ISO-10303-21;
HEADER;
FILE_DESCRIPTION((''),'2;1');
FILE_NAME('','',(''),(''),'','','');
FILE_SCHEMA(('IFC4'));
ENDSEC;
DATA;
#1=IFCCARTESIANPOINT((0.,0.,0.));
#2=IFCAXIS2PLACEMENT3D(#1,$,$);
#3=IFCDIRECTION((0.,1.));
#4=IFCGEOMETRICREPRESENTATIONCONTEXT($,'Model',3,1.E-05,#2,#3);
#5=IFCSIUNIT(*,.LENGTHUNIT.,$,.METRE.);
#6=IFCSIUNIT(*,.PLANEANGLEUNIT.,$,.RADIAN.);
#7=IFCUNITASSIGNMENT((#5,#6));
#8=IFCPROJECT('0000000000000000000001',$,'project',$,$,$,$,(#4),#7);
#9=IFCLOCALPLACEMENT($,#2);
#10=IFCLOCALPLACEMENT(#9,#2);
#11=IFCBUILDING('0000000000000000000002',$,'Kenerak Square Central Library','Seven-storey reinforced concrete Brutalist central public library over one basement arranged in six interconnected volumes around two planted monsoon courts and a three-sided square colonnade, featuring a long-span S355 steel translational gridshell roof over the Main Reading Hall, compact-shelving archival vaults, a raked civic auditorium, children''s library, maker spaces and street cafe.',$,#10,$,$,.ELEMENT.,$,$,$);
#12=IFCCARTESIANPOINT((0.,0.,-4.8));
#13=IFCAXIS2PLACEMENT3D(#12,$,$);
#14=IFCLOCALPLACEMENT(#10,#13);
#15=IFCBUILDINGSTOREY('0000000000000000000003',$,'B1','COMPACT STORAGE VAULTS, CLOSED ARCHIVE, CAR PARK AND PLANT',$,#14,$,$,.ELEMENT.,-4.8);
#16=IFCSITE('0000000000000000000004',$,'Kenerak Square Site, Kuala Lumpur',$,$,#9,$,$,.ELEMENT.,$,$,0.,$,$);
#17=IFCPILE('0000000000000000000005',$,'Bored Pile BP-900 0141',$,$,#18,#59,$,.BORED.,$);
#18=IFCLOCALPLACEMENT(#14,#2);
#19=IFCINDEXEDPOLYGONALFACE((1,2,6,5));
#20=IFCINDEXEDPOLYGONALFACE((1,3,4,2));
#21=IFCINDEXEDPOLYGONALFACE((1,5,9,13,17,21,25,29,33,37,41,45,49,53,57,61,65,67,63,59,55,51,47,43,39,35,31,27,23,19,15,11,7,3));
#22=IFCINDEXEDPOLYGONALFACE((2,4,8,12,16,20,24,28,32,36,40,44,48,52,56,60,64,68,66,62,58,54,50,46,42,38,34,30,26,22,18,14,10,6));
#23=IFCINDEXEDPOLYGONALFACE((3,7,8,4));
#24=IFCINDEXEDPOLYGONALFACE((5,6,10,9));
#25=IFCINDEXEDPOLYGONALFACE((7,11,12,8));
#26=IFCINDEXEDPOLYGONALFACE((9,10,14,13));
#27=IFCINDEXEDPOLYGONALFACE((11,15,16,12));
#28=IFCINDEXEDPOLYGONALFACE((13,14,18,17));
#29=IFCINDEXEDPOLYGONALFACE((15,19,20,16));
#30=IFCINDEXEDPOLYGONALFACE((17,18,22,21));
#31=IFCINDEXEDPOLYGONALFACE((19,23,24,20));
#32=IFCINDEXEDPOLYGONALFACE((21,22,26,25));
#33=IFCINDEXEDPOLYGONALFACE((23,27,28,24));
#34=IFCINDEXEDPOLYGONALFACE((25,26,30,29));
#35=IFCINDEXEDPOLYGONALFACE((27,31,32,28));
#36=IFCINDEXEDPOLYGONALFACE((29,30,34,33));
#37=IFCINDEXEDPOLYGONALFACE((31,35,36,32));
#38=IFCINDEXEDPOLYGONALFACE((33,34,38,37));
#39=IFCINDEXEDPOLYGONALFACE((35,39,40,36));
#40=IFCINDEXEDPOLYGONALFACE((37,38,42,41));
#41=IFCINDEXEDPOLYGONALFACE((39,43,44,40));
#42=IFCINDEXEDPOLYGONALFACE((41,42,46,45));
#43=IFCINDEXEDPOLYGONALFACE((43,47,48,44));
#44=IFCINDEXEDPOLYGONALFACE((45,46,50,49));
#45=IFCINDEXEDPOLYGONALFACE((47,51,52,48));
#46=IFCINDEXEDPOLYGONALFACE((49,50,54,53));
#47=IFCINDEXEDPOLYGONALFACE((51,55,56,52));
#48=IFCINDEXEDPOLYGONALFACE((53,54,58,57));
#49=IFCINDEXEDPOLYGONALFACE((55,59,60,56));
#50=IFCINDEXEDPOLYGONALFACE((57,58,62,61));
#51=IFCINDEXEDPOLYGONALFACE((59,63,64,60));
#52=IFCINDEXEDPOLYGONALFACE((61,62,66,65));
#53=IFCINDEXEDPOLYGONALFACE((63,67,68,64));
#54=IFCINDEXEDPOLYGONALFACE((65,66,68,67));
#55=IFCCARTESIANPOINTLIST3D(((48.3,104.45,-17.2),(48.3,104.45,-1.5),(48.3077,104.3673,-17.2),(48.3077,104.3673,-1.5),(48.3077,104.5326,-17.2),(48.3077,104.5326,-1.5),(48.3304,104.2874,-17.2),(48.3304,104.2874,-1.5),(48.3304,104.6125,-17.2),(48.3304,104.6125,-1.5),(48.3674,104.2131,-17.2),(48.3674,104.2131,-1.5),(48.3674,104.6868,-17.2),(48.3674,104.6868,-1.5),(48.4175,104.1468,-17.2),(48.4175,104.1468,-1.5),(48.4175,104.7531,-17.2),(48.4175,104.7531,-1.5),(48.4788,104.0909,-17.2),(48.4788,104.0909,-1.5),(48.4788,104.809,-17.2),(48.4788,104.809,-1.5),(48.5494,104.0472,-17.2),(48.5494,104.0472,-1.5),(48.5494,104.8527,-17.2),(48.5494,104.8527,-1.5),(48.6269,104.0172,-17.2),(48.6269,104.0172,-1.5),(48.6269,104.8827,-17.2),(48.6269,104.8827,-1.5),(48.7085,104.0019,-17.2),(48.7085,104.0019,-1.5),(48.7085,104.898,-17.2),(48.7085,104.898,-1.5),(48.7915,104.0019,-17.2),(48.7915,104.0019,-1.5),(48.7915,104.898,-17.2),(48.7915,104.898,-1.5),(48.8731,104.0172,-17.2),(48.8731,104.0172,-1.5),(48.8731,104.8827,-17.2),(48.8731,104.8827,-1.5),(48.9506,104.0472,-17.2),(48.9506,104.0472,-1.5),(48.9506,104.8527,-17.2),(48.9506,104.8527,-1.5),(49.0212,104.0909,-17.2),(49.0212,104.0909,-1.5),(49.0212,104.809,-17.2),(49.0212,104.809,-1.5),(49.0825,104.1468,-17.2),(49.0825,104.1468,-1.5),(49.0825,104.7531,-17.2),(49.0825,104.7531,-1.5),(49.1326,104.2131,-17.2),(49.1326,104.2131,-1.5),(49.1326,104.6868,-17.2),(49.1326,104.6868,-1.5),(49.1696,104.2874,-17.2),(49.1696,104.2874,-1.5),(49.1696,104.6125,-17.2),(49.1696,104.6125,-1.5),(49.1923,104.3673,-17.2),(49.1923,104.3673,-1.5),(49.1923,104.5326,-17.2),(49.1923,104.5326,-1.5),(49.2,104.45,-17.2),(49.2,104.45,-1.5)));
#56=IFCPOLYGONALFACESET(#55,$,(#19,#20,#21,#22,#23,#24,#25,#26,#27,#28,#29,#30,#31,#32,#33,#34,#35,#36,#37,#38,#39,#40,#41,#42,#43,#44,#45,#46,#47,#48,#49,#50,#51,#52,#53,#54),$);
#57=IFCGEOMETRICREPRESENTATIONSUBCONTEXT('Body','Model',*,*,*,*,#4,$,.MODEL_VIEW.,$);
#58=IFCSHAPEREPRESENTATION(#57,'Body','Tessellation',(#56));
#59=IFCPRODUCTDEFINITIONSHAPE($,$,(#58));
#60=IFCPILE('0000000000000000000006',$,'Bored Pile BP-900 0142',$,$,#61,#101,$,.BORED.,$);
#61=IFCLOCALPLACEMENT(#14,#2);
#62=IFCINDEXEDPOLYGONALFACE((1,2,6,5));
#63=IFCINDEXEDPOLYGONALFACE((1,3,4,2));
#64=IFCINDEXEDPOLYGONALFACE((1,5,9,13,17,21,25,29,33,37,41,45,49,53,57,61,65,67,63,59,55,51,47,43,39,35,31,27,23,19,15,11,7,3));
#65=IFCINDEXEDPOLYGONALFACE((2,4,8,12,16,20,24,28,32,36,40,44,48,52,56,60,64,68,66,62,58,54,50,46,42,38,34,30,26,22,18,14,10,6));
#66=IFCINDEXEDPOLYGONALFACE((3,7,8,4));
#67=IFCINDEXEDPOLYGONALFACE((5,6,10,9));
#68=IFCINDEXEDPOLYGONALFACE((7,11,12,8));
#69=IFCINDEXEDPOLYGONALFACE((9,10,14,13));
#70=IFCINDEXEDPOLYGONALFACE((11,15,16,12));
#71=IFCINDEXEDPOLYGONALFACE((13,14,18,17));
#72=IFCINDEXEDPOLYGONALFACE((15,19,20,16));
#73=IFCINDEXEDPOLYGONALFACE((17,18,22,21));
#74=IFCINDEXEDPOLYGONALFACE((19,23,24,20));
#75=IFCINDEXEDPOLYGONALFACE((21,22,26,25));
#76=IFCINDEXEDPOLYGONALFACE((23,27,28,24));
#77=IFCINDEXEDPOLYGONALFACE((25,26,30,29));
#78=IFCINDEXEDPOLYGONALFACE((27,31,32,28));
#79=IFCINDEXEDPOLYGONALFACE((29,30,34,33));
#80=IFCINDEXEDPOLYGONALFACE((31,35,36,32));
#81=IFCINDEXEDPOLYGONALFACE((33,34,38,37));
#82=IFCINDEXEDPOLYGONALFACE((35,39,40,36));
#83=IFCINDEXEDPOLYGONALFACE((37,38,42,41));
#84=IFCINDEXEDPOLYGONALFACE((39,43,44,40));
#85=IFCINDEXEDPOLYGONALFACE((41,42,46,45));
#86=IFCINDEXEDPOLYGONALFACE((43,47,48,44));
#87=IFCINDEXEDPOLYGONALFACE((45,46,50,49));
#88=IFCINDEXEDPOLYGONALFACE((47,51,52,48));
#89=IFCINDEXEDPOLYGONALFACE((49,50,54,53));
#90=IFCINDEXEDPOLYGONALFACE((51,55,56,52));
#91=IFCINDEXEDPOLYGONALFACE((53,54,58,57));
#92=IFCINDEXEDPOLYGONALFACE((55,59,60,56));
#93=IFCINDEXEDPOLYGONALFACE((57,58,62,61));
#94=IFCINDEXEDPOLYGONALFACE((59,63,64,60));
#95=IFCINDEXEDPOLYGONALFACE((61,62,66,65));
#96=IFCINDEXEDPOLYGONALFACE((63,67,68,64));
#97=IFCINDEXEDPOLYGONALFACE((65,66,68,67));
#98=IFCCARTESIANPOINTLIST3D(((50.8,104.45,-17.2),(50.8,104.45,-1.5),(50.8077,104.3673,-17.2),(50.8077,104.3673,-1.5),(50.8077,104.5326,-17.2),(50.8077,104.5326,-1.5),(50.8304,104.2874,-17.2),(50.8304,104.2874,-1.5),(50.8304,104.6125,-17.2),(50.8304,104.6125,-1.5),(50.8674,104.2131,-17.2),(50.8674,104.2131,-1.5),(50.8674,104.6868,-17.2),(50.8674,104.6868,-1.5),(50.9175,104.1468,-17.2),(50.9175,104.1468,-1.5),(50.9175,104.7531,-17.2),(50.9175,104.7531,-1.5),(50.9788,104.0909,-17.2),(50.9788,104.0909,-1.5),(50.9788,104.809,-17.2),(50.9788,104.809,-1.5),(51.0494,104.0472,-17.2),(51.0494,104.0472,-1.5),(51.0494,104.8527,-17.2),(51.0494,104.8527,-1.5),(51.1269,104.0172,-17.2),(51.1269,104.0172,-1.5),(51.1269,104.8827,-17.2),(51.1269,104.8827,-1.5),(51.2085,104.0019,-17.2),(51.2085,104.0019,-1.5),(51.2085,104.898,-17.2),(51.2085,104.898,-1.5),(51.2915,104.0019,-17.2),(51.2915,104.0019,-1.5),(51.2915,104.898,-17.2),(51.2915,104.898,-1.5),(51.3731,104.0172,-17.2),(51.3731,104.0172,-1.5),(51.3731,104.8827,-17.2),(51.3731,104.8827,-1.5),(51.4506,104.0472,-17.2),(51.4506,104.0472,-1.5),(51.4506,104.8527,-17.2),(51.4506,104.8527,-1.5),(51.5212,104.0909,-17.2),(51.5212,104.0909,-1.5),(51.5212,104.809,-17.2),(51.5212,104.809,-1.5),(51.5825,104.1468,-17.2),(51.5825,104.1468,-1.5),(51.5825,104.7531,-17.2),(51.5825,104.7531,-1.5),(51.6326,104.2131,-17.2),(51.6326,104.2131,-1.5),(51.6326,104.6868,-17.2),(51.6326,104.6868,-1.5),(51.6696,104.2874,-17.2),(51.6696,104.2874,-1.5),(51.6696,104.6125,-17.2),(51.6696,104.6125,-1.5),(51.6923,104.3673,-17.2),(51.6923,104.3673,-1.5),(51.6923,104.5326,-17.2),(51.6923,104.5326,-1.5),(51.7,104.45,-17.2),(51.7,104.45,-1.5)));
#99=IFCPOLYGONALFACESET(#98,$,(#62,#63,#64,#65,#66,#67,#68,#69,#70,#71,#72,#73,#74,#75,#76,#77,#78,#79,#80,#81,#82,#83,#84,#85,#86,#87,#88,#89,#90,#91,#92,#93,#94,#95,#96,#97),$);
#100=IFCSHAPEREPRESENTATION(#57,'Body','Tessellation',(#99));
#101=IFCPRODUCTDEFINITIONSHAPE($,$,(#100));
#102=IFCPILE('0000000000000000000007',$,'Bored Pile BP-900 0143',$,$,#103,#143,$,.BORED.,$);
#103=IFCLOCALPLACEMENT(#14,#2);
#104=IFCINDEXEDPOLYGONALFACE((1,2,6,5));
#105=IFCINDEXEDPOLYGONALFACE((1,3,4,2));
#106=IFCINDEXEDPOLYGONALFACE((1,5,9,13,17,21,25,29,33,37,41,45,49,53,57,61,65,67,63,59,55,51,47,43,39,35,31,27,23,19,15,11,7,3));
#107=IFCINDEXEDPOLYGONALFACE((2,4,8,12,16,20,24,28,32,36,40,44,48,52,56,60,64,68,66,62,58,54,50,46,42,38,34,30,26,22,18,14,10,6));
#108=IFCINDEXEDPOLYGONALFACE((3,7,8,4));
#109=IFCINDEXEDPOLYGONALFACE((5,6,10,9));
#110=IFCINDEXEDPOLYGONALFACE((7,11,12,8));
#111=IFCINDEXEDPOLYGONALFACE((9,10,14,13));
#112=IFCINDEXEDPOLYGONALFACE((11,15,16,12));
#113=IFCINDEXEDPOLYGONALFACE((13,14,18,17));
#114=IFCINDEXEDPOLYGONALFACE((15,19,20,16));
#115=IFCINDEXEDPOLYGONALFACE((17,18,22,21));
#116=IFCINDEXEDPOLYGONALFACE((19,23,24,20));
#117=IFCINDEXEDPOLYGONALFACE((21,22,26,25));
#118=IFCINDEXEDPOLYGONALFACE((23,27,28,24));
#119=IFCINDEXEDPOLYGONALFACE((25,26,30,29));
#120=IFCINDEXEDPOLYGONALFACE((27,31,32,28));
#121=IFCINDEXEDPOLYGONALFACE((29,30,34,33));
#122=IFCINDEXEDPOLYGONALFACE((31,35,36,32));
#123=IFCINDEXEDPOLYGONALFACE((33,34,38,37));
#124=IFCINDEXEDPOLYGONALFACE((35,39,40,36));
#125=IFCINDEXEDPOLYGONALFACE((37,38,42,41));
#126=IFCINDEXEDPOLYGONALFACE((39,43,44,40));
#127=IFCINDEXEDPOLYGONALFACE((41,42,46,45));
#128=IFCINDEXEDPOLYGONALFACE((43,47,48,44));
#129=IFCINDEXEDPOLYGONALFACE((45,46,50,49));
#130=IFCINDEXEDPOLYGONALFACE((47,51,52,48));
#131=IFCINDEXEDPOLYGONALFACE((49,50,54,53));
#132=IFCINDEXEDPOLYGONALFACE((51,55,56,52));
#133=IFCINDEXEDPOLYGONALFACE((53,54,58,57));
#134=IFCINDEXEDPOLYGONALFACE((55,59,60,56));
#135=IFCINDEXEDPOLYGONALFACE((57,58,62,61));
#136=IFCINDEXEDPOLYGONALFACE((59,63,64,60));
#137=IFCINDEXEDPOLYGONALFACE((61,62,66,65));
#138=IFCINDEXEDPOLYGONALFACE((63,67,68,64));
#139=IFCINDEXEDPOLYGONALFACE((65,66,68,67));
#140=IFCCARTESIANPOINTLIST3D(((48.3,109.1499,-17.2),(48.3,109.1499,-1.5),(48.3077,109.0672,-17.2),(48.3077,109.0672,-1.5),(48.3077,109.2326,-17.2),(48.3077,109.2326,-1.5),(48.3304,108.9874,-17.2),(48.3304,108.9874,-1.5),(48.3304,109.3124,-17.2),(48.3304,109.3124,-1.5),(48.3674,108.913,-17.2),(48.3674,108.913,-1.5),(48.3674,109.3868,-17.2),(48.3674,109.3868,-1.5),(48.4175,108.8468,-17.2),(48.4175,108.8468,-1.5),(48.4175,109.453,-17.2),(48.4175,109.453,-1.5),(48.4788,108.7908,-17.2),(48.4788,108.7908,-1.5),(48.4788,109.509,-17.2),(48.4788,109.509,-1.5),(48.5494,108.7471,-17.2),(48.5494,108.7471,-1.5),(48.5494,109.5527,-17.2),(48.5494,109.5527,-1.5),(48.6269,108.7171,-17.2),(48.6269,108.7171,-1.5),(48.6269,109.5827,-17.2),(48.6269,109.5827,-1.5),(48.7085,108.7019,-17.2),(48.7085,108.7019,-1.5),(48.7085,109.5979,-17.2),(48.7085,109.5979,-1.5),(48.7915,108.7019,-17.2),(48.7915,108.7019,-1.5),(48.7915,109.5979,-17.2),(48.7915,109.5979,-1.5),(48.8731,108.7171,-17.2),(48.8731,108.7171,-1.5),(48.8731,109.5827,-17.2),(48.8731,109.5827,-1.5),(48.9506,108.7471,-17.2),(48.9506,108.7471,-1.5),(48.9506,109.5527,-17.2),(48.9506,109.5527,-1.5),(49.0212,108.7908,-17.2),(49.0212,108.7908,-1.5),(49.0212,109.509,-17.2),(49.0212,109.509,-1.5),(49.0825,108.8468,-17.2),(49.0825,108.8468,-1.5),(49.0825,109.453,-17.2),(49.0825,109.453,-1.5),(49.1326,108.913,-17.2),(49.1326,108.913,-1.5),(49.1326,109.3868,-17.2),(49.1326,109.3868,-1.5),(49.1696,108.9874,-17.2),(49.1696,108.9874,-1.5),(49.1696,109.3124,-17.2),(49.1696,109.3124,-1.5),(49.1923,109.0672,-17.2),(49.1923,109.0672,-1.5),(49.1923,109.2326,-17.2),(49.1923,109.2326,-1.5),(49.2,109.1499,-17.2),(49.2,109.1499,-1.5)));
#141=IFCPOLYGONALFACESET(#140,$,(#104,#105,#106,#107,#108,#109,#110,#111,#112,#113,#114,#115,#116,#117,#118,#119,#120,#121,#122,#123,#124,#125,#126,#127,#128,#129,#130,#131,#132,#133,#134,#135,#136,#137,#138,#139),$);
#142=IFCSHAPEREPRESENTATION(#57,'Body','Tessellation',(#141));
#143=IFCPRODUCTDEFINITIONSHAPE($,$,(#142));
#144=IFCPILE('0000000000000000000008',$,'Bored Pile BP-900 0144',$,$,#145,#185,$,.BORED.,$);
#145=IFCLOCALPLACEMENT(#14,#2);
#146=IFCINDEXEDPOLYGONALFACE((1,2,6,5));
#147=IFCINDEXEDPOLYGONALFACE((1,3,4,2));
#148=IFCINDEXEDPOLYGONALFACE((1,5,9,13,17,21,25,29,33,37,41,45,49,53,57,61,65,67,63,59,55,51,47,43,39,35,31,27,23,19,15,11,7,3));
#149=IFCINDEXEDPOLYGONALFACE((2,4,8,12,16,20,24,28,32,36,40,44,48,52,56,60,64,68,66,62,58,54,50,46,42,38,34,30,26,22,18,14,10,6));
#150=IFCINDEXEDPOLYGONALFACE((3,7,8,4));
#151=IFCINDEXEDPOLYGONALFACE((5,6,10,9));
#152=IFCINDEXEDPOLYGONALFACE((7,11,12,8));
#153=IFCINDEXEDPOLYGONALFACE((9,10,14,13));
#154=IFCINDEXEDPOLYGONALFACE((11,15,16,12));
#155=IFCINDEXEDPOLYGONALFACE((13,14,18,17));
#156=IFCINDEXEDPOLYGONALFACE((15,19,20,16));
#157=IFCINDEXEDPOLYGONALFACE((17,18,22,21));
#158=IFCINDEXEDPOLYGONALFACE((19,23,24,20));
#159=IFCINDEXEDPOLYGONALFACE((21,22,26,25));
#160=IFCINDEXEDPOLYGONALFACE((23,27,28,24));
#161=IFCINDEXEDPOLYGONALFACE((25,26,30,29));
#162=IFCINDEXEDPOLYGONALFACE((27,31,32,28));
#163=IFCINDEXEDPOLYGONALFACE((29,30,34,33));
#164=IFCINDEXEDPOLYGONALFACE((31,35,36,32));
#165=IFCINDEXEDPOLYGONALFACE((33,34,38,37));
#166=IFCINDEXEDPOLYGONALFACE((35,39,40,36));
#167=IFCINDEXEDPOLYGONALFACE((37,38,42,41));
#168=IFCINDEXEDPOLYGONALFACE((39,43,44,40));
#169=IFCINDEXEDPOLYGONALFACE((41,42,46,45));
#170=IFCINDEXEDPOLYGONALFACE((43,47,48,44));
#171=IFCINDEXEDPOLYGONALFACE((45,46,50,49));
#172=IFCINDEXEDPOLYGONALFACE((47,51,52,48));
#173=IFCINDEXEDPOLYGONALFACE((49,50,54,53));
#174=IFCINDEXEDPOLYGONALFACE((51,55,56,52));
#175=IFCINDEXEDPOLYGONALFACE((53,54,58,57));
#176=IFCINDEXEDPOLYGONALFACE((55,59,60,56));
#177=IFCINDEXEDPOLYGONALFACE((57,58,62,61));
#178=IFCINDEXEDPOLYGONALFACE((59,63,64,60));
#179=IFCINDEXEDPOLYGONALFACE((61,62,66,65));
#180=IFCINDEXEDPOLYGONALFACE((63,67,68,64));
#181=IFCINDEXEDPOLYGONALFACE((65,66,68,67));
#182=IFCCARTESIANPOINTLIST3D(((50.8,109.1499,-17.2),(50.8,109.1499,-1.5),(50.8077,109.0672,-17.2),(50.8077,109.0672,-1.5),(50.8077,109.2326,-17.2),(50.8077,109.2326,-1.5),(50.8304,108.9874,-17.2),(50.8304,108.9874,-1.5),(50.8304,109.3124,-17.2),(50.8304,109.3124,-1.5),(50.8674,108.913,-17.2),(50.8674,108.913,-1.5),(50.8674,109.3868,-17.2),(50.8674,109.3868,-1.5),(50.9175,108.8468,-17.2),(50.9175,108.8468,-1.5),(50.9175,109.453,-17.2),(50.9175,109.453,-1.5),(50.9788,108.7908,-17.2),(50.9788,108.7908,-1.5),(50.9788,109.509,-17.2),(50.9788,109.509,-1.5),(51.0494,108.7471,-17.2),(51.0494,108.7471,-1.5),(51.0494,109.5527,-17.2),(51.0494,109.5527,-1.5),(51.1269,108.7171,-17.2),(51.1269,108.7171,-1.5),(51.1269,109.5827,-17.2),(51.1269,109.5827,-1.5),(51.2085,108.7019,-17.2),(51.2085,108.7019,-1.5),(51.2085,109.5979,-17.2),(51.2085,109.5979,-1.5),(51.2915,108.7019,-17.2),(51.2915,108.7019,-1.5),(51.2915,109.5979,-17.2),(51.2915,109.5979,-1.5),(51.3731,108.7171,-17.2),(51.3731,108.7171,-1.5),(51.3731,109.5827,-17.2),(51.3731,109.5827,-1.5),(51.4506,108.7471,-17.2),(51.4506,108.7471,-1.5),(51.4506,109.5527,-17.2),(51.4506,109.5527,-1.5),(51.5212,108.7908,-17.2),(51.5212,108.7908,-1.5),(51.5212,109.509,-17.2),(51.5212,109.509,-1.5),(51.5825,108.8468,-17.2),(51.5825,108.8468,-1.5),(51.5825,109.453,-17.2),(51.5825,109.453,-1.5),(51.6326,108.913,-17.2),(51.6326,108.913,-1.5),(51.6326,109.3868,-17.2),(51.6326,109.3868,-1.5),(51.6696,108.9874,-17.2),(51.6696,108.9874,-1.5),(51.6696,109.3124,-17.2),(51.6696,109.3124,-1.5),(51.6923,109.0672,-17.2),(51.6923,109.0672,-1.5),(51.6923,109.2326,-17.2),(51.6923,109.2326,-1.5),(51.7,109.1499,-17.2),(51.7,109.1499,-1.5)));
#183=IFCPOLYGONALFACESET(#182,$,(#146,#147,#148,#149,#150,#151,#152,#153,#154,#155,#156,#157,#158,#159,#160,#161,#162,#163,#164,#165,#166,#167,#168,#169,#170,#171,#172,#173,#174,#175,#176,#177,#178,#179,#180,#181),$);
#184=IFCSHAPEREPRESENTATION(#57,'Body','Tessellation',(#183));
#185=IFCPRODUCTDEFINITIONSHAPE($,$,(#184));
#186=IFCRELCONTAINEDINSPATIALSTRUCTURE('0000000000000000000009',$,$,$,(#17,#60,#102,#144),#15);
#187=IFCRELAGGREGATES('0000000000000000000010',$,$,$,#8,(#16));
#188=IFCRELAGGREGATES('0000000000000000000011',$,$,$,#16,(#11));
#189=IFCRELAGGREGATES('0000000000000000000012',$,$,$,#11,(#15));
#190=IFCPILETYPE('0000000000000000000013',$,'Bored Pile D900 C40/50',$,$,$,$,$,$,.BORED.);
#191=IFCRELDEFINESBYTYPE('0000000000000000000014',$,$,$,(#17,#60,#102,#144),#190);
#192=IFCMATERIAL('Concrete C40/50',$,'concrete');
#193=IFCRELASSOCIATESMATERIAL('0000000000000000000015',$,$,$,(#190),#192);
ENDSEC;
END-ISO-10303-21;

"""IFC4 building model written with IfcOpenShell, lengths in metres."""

from ifc_helpers import new_model, si_unit, direction, frame, origin, origin_2d, place, context, subcontext, project, spatial, circle, extrude, material, material_profile, profile_set, type_object, element, save


model = new_model("IFC4")

# Units and contexts
model_context = context("Model", 3, precision=1e-05, world=origin(), true_north=direction((0.0, 1.0)))
body_context = subcontext(model_context, "Body", "Model", "MODEL_VIEW")
ifc_project = project(units=[si_unit("LENGTHUNIT", "METRE"), si_unit("PLANEANGLEUNIT", "RADIAN")], contexts=[model_context])

# Site, building, storey
site_placement = place(None, origin())
site = spatial("IfcSite", under=ifc_project, at=site_placement, Name="Kenerak Square Site, Kuala Lumpur", CompositionType="ELEMENT", RefElevation=0.0)
building_placement = place(site_placement, origin())
building = spatial("IfcBuilding", under=site, at=building_placement, Name="Kenerak Square Central Library", Description="Seven-storey reinforced concrete Brutalist central public library over one basement arranged in six interconnected volumes around two planted monsoon courts and a three-sided square colonnade, featuring a long-span S355 steel translational gridshell roof over the Main Reading Hall, compact-shelving archival vaults, a raked civic auditorium, children's library, maker spaces and street cafe.", CompositionType="ELEMENT")
storey_placement = place(building_placement, frame((0.0, 0.0, -4.8)))
storey = spatial("IfcBuildingStorey", under=building, at=storey_placement, Name="B1", Description="COMPACT STORAGE VAULTS, CLOSED ARCHIVE, CAR PARK AND PLANT", CompositionType="ELEMENT", Elevation=-4.8)

# Piles
ifc_material_1 = material(Name="Concrete C40/50", Category="concrete")
ifc_material_profile_1 = material_profile(ifc_material_1, circle(Radius=0.45, at=origin_2d()), Name="BP D900")
ifc_profile_set_1 = profile_set([ifc_material_profile_1], Name="Concrete C40/50")
pile_type = type_object("IfcPileType", Name="Bored Pile D900 C40/50", PredefinedType="BORED", material=ifc_profile_set_1)
for number, where, z_axis, x_axis, name in (
    (1, (48.75, 104.45, -1.5), (0.0, 0.0, -1.0), (1.0, 0.0, 0.0), "Bored Pile BP-900 0141"),
    (2, (51.25, 104.45, -1.5), (0.0, 0.0, -1.0), (1.0, 0.0, 0.0), "Bored Pile BP-900 0142"),
    (3, (48.75, 109.1499, -1.5), (0.0, 0.0, -1.0), (1.0, 0.0, 0.0), "Bored Pile BP-900 0143"),
    (4, (51.25, 109.1499, -1.5), (0.0, 0.0, -1.0), (1.0, 0.0, 0.0), "Bored Pile BP-900 0144"),
):
    element("IfcPile", number, at=place(storey_placement, frame(where, z_axis=z_axis, x_axis=x_axis)), inside=storey, type_object=pile_type, Name=name, PredefinedType="BORED", context=body_context, shape_type="SweptSolid", body=[
        extrude(circle(Radius=0.45, at=origin_2d()), origin(), (0.0, 0.0, 1.0), 15.7),
    ])

save(model, "model.ifc")
